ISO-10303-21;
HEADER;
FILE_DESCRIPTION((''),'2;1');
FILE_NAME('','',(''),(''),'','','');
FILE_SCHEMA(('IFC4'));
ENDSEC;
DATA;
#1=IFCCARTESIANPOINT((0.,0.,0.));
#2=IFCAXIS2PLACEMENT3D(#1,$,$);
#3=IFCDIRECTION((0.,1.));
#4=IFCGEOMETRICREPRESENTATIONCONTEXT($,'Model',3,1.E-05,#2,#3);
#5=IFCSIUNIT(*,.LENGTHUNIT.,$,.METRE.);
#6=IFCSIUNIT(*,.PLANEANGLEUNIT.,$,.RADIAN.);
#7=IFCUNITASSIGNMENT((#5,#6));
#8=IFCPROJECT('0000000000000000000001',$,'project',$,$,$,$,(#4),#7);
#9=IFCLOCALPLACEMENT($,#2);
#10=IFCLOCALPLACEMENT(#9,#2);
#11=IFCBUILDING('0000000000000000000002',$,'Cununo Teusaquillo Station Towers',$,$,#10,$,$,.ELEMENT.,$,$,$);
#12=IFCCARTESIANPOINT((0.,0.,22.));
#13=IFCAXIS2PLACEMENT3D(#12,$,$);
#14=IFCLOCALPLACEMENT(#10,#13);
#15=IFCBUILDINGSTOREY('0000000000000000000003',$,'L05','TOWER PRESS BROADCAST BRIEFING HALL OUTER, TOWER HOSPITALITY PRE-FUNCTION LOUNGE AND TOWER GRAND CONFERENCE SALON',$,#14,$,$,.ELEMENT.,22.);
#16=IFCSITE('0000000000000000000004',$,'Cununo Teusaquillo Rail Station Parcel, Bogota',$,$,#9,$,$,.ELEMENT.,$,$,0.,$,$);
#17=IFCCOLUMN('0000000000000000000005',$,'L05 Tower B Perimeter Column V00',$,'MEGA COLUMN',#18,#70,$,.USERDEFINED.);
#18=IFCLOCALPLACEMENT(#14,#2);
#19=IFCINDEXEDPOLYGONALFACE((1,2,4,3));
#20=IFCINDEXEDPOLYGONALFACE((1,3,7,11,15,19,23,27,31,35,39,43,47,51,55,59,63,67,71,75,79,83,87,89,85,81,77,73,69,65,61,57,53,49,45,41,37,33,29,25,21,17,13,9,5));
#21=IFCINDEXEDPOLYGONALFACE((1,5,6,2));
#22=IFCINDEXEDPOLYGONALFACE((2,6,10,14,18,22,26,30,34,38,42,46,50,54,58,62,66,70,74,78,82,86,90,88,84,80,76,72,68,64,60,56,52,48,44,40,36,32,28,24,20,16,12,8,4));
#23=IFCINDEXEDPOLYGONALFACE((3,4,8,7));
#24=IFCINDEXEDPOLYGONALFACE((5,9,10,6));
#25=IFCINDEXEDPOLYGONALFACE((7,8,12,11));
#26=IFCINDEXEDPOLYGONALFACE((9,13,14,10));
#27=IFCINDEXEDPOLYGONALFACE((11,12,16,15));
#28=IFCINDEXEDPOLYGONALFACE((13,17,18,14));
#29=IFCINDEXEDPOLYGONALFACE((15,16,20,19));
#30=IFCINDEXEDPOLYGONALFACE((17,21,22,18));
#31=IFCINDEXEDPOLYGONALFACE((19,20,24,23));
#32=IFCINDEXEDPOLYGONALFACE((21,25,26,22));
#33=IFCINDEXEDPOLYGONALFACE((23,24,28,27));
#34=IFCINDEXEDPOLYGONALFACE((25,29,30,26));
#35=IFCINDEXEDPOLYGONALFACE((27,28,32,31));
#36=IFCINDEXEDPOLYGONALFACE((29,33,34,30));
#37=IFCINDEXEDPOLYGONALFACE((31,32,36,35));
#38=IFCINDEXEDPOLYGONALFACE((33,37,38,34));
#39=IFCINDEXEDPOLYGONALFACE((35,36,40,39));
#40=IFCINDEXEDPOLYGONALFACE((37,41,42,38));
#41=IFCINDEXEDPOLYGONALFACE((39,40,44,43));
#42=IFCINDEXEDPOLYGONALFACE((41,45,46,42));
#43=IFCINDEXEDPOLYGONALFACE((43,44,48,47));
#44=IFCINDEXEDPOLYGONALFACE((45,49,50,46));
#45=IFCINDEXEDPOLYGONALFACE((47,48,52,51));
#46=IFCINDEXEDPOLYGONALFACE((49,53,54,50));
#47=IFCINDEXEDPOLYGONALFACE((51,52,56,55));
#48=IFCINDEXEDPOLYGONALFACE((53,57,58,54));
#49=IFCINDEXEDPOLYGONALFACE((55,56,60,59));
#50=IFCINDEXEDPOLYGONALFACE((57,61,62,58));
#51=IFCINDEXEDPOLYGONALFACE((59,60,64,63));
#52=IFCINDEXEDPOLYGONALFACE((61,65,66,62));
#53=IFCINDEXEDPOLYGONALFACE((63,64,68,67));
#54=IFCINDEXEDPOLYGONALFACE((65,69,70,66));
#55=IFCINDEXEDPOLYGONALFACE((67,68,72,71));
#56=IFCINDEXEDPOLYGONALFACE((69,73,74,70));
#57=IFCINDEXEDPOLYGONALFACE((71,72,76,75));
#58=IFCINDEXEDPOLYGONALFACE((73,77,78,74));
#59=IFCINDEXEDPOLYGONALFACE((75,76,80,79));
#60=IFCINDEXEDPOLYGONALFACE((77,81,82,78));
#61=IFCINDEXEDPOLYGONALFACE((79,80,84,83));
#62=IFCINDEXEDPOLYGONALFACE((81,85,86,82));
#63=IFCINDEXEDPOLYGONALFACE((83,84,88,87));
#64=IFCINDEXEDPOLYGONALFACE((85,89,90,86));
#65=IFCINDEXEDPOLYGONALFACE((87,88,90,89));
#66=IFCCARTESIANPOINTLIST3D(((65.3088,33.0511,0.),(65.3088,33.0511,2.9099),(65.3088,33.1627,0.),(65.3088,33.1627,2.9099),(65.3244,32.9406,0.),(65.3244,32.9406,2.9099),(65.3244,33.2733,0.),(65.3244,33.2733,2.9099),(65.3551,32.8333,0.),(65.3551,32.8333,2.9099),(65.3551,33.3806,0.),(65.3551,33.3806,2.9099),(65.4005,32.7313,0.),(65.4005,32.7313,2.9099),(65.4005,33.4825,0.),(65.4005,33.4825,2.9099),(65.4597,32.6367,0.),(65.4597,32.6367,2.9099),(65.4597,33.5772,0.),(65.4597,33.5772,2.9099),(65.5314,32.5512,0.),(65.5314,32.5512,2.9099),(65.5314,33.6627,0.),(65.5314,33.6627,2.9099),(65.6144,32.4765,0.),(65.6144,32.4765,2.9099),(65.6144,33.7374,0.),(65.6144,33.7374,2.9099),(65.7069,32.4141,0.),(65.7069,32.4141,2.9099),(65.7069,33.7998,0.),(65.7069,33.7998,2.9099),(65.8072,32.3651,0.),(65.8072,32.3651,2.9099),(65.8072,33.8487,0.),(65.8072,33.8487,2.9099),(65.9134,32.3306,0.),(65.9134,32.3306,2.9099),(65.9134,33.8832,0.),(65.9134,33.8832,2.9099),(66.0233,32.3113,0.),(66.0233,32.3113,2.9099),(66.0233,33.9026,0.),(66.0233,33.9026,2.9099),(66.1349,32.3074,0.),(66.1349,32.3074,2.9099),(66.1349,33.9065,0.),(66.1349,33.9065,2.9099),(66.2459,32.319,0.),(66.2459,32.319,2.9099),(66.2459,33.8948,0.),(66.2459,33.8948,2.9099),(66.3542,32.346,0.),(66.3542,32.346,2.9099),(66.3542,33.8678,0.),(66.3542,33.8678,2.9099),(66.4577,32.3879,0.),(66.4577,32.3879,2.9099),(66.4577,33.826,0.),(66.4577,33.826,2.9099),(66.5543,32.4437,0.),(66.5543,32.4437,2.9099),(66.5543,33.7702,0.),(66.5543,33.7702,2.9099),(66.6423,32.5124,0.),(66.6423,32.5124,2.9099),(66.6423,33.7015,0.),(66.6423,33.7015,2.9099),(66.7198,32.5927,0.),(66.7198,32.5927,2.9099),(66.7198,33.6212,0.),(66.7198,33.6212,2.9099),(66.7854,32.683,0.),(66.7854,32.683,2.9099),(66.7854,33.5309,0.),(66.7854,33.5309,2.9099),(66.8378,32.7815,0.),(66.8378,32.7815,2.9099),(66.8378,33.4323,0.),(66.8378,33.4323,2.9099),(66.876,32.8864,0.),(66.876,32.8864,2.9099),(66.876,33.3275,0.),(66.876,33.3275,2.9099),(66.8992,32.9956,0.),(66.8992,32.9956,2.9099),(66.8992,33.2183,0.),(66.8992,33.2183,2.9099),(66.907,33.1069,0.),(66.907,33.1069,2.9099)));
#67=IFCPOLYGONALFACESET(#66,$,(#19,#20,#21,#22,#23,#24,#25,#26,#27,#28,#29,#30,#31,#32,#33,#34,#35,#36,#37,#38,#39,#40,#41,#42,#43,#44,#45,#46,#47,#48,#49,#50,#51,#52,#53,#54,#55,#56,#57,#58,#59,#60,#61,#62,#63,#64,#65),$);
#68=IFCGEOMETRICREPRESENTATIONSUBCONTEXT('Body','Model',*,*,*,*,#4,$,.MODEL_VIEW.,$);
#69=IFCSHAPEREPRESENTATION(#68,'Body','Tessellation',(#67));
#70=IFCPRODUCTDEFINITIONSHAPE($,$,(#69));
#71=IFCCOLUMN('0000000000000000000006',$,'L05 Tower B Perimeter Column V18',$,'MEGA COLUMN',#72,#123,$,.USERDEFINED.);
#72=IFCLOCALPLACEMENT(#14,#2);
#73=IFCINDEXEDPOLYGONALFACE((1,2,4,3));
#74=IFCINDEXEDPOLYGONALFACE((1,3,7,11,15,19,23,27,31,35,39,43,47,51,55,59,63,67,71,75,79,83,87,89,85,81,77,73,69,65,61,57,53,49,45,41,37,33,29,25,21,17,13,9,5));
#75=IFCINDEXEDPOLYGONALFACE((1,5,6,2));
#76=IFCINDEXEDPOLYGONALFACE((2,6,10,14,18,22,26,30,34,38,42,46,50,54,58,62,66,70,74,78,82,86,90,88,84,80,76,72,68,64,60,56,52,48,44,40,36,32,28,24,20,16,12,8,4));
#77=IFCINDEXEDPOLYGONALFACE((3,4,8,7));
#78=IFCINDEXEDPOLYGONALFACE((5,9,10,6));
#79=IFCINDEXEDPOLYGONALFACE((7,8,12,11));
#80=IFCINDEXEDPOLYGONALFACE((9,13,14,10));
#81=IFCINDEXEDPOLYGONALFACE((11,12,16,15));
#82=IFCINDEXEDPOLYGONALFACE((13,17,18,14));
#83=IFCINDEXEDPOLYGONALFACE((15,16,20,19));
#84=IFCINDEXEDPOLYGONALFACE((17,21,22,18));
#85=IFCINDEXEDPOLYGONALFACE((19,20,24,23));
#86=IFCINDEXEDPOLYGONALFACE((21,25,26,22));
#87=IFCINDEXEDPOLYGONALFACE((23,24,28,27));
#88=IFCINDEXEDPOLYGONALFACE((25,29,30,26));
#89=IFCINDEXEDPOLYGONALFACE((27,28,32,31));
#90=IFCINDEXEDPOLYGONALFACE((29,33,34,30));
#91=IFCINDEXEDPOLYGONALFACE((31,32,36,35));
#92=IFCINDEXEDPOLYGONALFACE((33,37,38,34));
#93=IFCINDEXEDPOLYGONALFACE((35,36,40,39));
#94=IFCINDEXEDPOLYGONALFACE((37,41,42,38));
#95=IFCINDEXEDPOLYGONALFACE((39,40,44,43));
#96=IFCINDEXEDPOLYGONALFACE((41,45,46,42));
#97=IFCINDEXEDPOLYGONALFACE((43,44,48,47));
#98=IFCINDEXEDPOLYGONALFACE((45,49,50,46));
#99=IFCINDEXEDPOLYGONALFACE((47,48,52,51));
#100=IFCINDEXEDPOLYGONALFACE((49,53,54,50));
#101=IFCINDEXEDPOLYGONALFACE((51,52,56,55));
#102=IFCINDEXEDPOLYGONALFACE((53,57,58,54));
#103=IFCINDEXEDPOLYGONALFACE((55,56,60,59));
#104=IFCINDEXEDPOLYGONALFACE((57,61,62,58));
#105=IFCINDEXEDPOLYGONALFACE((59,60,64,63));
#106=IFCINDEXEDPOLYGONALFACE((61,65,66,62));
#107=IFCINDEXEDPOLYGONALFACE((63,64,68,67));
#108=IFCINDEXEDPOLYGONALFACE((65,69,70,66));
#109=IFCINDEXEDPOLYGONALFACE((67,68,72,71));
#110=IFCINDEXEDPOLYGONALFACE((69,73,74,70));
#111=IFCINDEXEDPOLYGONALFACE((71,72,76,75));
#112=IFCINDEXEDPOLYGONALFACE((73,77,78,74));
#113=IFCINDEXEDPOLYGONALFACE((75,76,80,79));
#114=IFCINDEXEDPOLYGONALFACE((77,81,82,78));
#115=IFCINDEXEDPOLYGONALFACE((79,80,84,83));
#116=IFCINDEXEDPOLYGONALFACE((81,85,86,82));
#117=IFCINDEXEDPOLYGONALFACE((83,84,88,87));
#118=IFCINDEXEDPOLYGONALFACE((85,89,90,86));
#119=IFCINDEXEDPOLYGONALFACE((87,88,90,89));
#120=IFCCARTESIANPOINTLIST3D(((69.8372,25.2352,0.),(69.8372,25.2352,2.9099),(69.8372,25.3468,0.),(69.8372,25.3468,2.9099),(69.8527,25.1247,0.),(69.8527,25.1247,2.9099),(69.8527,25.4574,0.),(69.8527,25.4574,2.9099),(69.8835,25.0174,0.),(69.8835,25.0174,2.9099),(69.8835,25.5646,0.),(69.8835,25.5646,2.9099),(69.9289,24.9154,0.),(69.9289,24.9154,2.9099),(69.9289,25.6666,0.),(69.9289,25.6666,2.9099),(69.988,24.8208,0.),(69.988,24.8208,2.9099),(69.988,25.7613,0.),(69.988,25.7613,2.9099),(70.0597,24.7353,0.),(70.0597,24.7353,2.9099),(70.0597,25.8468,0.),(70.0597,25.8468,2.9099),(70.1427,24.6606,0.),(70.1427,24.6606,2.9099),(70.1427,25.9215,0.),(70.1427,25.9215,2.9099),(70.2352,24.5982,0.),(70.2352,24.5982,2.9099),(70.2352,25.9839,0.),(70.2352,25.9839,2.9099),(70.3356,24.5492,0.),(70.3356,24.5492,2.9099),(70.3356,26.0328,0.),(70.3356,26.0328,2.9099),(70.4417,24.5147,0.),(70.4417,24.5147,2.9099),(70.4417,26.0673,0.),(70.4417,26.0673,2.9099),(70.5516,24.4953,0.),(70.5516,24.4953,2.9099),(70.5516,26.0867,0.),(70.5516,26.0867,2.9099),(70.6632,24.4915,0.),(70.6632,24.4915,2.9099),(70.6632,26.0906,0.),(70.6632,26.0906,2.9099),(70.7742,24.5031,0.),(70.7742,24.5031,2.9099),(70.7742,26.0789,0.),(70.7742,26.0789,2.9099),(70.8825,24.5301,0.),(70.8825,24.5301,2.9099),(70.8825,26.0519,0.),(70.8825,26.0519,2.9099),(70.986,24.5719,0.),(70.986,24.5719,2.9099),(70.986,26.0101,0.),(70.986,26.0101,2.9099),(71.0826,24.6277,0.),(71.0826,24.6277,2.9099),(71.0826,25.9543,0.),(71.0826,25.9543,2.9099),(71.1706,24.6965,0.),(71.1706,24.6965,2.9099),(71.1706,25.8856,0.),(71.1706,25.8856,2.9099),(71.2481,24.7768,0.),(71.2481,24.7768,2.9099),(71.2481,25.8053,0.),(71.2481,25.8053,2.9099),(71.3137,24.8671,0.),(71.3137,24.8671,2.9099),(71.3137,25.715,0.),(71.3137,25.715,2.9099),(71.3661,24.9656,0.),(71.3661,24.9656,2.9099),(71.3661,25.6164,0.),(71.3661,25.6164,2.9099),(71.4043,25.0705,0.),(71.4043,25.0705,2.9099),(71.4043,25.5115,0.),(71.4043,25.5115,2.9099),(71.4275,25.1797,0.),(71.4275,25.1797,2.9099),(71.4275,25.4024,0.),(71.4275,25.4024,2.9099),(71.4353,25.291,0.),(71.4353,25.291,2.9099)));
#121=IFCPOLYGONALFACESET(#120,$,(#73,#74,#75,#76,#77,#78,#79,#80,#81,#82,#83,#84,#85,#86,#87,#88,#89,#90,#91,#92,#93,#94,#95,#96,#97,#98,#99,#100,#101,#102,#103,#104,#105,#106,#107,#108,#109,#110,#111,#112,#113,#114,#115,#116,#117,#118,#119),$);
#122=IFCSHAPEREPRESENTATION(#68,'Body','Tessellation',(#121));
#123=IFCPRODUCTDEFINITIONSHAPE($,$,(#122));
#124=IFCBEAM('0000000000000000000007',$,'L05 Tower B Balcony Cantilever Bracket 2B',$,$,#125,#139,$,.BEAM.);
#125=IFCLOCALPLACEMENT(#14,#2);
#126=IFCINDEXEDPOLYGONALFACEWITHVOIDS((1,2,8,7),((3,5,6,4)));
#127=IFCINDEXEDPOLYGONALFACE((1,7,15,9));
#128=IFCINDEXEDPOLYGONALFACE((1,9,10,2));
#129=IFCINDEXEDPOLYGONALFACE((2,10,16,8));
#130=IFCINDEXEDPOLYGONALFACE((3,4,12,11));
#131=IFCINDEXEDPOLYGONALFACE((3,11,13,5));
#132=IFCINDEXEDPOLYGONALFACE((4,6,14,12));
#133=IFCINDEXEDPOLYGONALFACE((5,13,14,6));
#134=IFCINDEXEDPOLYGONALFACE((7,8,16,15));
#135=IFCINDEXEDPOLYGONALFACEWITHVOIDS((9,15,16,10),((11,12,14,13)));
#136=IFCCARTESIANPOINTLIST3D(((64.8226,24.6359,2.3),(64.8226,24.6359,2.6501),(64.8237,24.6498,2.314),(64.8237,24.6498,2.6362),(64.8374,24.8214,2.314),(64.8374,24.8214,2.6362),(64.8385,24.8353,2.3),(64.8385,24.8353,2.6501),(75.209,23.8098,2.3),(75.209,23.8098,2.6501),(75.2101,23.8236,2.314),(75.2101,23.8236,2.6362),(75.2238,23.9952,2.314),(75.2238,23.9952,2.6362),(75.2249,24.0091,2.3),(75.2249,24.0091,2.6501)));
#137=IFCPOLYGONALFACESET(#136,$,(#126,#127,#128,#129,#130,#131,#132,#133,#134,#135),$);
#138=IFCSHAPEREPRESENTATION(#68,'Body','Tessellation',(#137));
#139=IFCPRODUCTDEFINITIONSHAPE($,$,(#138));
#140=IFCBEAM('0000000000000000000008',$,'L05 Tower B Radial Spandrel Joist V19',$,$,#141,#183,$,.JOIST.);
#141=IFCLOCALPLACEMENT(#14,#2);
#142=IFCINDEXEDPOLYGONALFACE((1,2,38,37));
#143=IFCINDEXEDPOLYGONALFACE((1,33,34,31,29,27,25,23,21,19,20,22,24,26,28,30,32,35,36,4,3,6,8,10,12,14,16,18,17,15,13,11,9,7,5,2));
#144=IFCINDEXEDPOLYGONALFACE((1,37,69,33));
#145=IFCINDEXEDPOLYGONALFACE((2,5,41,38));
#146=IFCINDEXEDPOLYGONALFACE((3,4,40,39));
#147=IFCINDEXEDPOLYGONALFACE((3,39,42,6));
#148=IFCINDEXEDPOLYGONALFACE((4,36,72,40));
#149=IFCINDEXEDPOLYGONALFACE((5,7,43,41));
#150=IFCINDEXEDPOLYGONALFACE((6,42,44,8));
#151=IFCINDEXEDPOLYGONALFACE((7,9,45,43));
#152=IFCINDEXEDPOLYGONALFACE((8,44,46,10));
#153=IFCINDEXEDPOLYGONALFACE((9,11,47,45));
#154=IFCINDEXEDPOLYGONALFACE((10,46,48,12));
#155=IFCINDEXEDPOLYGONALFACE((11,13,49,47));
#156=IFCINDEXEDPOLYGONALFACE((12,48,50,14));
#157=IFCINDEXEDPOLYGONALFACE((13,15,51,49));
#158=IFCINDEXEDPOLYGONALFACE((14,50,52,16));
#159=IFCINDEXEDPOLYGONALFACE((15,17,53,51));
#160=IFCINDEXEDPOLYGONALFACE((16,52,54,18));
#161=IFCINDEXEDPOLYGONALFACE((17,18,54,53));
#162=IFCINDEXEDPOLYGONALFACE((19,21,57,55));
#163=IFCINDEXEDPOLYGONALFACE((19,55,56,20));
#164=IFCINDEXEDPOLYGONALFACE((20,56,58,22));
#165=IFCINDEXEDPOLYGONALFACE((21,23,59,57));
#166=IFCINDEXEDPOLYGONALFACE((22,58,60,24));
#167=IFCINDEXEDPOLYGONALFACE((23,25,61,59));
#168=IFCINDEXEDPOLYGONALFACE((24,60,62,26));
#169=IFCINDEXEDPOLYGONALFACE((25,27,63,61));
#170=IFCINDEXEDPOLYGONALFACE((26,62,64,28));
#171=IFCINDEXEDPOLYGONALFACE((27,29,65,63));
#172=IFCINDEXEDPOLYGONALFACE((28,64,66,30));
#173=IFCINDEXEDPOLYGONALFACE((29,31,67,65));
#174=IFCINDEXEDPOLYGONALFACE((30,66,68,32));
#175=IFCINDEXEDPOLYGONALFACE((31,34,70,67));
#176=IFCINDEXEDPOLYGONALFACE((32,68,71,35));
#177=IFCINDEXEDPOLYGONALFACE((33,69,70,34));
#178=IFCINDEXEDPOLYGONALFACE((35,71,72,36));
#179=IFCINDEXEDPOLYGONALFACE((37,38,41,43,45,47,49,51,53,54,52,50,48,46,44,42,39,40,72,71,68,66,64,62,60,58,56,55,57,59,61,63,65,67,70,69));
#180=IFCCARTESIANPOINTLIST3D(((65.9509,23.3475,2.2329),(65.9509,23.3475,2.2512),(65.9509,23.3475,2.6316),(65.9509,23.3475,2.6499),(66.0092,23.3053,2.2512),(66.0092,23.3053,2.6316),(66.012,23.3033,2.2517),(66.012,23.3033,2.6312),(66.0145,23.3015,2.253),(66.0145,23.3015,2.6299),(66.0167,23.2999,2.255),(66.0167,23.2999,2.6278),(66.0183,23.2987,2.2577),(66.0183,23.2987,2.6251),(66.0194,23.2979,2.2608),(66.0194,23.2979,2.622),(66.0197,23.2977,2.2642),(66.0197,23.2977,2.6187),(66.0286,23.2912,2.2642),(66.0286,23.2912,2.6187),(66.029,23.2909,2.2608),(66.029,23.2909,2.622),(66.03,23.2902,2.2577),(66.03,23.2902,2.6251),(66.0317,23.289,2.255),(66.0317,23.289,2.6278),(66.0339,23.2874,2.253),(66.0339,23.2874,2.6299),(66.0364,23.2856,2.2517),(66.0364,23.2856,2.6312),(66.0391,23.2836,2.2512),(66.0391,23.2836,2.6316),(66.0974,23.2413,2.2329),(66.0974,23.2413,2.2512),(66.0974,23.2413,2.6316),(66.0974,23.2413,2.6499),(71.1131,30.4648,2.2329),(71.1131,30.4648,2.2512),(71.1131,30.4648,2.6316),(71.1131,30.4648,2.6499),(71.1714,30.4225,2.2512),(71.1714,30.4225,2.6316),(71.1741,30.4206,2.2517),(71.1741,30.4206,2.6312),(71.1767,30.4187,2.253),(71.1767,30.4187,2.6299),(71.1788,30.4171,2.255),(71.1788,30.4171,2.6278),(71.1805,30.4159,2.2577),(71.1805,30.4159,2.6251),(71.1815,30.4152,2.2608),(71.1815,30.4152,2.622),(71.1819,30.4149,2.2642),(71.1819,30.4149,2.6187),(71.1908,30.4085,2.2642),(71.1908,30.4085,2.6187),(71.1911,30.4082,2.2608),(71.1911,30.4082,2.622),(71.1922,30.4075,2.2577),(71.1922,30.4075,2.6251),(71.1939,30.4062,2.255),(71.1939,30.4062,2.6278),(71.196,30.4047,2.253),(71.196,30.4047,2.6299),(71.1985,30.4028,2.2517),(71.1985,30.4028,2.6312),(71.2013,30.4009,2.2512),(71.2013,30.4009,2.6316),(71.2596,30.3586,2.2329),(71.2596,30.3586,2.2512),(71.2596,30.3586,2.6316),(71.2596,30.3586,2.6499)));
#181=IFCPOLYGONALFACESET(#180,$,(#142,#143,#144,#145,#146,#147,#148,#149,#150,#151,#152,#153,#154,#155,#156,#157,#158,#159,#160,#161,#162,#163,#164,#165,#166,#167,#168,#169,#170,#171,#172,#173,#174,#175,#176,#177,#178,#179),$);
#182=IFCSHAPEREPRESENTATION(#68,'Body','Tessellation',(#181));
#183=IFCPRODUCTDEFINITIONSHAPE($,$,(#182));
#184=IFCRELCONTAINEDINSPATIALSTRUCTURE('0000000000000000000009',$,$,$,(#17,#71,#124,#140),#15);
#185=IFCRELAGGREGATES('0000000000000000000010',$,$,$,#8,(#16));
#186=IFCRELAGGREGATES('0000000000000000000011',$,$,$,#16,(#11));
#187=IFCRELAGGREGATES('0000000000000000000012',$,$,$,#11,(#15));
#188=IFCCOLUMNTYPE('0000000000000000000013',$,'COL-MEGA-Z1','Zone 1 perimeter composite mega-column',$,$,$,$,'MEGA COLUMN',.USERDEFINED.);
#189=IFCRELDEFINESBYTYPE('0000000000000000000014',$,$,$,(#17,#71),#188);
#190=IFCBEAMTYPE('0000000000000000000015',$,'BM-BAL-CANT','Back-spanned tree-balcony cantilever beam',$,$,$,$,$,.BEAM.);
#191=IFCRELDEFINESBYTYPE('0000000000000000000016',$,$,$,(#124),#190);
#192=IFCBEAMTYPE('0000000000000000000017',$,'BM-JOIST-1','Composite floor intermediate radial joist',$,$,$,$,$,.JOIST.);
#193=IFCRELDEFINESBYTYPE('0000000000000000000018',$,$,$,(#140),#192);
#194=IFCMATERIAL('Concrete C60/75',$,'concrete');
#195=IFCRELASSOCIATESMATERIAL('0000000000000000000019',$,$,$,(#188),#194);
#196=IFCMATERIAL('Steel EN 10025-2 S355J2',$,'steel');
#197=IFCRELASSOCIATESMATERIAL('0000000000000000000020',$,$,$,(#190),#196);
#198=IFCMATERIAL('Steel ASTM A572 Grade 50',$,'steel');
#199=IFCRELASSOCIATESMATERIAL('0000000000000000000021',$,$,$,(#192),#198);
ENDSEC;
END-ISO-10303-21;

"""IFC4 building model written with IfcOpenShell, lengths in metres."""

from ifc_helpers import new_model, si_unit, direction, frame, origin, origin_2d, place, context, subcontext, project, spatial, hollow_rectangle, circle, i_section, extrude, material, material_profile, profile_set, type_object, element, save


model = new_model("IFC4")

# Units and contexts
model_context = context("Model", 3, precision=1e-05, world=origin(), true_north=direction((0.0, 1.0)))
body_context = subcontext(model_context, "Body", "Model", "MODEL_VIEW")
ifc_project = project(units=[si_unit("LENGTHUNIT", "METRE"), si_unit("PLANEANGLEUNIT", "RADIAN")], contexts=[model_context])

# Site, building, storey
site_placement = place(None, origin())
site = spatial("IfcSite", under=ifc_project, at=site_placement, Name="Cununo Teusaquillo Rail Station Parcel, Bogota", CompositionType="ELEMENT", RefElevation=0.0)
building_placement = place(site_placement, origin())
building = spatial("IfcBuilding", under=site, at=building_placement, Name="Cununo Teusaquillo Station Towers", CompositionType="ELEMENT")
storey_placement = place(building_placement, frame((0.0, 0.0, 22.0)))
storey = spatial("IfcBuildingStorey", under=building, at=storey_placement, Name="L05", Description="TOWER PRESS BROADCAST BRIEFING HALL OUTER, TOWER HOSPITALITY PRE-FUNCTION LOUNGE AND TOWER GRAND CONFERENCE SALON", CompositionType="ELEMENT", Elevation=22.0)

# Columns
ifc_material_1 = material(Name="Concrete C60/75", Category="concrete")
ifc_material_profile_1 = material_profile(ifc_material_1, circle(Radius=0.8, at=origin_2d()), Name="RC-CIRC-1600")
ifc_profile_set_1 = profile_set([ifc_material_profile_1], Name="Concrete C60/75")
column_type = type_object("IfcColumnType", Name="COL-MEGA-Z1", Description="Zone 1 perimeter composite mega-column", ElementType="MEGA COLUMN", PredefinedType="USERDEFINED", material=ifc_profile_set_1)
for number, where, z_axis, x_axis, name in (
    (1, (66.1069, 33.1069, 0.0), (0.0, 0.0, 1.0), (1.0, 0.0, 0.0), "L05 Tower B Perimeter Column V00"),
    (2, (70.6353, 25.291, 0.0), (0.0, 0.0, 1.0), (1.0, 0.0, 0.0), "L05 Tower B Perimeter Column V18"),
):
    element("IfcColumn", number, at=place(storey_placement, frame(where, z_axis=z_axis, x_axis=x_axis)), inside=storey, type_object=column_type, Name=name, ObjectType="MEGA COLUMN", PredefinedType="USERDEFINED", context=body_context, shape_type="SweptSolid", body=[
        extrude(circle(Radius=0.8, at=origin_2d()), origin(), (0.0, 0.0, 1.0), 2.9099),
    ])

# Beams
ifc_material_2 = material(Name="Steel EN 10025-2 S355J2", Category="steel")
ifc_material_profile_2 = material_profile(ifc_material_2, hollow_rectangle(XDim=0.2, YDim=0.3501, WallThickness=0.0139, at=origin_2d()), Name="RHS 350x200x14")
ifc_profile_set_2 = profile_set([ifc_material_profile_2], Name="Steel EN 10025-2 S355J2")
beam_type_1 = type_object("IfcBeamType", Name="BM-BAL-CANT", Description="Back-spanned tree-balcony cantilever beam", PredefinedType="BEAM", material=ifc_profile_set_2)
beam_1_placement = place(storey_placement, frame((64.8306, 24.7356, 2.4751), z_axis=(0.996851, -0.079293, 0.0), x_axis=(0.079293, 0.996851, 0.0)))
element("IfcBeam", 3, at=beam_1_placement, inside=storey, type_object=beam_type_1, Name="L05 Tower B Balcony Cantilever Bracket 2B", PredefinedType="BEAM", context=body_context, shape_type="SweptSolid", body=[
    extrude(hollow_rectangle(XDim=0.2, YDim=0.3501, WallThickness=0.0139, at=origin_2d()), origin(), (0.0, 0.0, 1.0), 10.4192),
])
ifc_material_3 = material(Name="Steel ASTM A572 Grade 50", Category="steel")
ifc_material_profile_3 = material_profile(ifc_material_3, i_section(OverallWidth=0.1809, OverallDepth=0.417, WebThickness=0.011, FlangeThickness=0.0183, FilletRadius=0.0129, at=origin_2d()), Name="W16X57")
ifc_profile_set_3 = profile_set([ifc_material_profile_3], Name="Steel ASTM A572 Grade 50")
beam_type_2 = type_object("IfcBeamType", Name="BM-JOIST-1", Description="Composite floor intermediate radial joist", PredefinedType="JOIST", material=ifc_profile_set_3)
beam_2_placement = place(storey_placement, frame((66.0242, 23.2944, 2.4414), z_axis=(0.587128, 0.809494, 0.0), x_axis=(-0.809494, 0.587128, 0.0)))
element("IfcBeam", 4, at=beam_2_placement, inside=storey, type_object=beam_type_2, Name="L05 Tower B Radial Spandrel Joist V19", PredefinedType="JOIST", context=body_context, shape_type="SweptSolid", body=[
    extrude(i_section(OverallWidth=0.1809, OverallDepth=0.417, WebThickness=0.011, FlangeThickness=0.0183, FilletRadius=0.0129, at=origin_2d()), origin(), (0.0, 0.0, 1.0), 8.7922),
])

save(model, "model.ifc")
